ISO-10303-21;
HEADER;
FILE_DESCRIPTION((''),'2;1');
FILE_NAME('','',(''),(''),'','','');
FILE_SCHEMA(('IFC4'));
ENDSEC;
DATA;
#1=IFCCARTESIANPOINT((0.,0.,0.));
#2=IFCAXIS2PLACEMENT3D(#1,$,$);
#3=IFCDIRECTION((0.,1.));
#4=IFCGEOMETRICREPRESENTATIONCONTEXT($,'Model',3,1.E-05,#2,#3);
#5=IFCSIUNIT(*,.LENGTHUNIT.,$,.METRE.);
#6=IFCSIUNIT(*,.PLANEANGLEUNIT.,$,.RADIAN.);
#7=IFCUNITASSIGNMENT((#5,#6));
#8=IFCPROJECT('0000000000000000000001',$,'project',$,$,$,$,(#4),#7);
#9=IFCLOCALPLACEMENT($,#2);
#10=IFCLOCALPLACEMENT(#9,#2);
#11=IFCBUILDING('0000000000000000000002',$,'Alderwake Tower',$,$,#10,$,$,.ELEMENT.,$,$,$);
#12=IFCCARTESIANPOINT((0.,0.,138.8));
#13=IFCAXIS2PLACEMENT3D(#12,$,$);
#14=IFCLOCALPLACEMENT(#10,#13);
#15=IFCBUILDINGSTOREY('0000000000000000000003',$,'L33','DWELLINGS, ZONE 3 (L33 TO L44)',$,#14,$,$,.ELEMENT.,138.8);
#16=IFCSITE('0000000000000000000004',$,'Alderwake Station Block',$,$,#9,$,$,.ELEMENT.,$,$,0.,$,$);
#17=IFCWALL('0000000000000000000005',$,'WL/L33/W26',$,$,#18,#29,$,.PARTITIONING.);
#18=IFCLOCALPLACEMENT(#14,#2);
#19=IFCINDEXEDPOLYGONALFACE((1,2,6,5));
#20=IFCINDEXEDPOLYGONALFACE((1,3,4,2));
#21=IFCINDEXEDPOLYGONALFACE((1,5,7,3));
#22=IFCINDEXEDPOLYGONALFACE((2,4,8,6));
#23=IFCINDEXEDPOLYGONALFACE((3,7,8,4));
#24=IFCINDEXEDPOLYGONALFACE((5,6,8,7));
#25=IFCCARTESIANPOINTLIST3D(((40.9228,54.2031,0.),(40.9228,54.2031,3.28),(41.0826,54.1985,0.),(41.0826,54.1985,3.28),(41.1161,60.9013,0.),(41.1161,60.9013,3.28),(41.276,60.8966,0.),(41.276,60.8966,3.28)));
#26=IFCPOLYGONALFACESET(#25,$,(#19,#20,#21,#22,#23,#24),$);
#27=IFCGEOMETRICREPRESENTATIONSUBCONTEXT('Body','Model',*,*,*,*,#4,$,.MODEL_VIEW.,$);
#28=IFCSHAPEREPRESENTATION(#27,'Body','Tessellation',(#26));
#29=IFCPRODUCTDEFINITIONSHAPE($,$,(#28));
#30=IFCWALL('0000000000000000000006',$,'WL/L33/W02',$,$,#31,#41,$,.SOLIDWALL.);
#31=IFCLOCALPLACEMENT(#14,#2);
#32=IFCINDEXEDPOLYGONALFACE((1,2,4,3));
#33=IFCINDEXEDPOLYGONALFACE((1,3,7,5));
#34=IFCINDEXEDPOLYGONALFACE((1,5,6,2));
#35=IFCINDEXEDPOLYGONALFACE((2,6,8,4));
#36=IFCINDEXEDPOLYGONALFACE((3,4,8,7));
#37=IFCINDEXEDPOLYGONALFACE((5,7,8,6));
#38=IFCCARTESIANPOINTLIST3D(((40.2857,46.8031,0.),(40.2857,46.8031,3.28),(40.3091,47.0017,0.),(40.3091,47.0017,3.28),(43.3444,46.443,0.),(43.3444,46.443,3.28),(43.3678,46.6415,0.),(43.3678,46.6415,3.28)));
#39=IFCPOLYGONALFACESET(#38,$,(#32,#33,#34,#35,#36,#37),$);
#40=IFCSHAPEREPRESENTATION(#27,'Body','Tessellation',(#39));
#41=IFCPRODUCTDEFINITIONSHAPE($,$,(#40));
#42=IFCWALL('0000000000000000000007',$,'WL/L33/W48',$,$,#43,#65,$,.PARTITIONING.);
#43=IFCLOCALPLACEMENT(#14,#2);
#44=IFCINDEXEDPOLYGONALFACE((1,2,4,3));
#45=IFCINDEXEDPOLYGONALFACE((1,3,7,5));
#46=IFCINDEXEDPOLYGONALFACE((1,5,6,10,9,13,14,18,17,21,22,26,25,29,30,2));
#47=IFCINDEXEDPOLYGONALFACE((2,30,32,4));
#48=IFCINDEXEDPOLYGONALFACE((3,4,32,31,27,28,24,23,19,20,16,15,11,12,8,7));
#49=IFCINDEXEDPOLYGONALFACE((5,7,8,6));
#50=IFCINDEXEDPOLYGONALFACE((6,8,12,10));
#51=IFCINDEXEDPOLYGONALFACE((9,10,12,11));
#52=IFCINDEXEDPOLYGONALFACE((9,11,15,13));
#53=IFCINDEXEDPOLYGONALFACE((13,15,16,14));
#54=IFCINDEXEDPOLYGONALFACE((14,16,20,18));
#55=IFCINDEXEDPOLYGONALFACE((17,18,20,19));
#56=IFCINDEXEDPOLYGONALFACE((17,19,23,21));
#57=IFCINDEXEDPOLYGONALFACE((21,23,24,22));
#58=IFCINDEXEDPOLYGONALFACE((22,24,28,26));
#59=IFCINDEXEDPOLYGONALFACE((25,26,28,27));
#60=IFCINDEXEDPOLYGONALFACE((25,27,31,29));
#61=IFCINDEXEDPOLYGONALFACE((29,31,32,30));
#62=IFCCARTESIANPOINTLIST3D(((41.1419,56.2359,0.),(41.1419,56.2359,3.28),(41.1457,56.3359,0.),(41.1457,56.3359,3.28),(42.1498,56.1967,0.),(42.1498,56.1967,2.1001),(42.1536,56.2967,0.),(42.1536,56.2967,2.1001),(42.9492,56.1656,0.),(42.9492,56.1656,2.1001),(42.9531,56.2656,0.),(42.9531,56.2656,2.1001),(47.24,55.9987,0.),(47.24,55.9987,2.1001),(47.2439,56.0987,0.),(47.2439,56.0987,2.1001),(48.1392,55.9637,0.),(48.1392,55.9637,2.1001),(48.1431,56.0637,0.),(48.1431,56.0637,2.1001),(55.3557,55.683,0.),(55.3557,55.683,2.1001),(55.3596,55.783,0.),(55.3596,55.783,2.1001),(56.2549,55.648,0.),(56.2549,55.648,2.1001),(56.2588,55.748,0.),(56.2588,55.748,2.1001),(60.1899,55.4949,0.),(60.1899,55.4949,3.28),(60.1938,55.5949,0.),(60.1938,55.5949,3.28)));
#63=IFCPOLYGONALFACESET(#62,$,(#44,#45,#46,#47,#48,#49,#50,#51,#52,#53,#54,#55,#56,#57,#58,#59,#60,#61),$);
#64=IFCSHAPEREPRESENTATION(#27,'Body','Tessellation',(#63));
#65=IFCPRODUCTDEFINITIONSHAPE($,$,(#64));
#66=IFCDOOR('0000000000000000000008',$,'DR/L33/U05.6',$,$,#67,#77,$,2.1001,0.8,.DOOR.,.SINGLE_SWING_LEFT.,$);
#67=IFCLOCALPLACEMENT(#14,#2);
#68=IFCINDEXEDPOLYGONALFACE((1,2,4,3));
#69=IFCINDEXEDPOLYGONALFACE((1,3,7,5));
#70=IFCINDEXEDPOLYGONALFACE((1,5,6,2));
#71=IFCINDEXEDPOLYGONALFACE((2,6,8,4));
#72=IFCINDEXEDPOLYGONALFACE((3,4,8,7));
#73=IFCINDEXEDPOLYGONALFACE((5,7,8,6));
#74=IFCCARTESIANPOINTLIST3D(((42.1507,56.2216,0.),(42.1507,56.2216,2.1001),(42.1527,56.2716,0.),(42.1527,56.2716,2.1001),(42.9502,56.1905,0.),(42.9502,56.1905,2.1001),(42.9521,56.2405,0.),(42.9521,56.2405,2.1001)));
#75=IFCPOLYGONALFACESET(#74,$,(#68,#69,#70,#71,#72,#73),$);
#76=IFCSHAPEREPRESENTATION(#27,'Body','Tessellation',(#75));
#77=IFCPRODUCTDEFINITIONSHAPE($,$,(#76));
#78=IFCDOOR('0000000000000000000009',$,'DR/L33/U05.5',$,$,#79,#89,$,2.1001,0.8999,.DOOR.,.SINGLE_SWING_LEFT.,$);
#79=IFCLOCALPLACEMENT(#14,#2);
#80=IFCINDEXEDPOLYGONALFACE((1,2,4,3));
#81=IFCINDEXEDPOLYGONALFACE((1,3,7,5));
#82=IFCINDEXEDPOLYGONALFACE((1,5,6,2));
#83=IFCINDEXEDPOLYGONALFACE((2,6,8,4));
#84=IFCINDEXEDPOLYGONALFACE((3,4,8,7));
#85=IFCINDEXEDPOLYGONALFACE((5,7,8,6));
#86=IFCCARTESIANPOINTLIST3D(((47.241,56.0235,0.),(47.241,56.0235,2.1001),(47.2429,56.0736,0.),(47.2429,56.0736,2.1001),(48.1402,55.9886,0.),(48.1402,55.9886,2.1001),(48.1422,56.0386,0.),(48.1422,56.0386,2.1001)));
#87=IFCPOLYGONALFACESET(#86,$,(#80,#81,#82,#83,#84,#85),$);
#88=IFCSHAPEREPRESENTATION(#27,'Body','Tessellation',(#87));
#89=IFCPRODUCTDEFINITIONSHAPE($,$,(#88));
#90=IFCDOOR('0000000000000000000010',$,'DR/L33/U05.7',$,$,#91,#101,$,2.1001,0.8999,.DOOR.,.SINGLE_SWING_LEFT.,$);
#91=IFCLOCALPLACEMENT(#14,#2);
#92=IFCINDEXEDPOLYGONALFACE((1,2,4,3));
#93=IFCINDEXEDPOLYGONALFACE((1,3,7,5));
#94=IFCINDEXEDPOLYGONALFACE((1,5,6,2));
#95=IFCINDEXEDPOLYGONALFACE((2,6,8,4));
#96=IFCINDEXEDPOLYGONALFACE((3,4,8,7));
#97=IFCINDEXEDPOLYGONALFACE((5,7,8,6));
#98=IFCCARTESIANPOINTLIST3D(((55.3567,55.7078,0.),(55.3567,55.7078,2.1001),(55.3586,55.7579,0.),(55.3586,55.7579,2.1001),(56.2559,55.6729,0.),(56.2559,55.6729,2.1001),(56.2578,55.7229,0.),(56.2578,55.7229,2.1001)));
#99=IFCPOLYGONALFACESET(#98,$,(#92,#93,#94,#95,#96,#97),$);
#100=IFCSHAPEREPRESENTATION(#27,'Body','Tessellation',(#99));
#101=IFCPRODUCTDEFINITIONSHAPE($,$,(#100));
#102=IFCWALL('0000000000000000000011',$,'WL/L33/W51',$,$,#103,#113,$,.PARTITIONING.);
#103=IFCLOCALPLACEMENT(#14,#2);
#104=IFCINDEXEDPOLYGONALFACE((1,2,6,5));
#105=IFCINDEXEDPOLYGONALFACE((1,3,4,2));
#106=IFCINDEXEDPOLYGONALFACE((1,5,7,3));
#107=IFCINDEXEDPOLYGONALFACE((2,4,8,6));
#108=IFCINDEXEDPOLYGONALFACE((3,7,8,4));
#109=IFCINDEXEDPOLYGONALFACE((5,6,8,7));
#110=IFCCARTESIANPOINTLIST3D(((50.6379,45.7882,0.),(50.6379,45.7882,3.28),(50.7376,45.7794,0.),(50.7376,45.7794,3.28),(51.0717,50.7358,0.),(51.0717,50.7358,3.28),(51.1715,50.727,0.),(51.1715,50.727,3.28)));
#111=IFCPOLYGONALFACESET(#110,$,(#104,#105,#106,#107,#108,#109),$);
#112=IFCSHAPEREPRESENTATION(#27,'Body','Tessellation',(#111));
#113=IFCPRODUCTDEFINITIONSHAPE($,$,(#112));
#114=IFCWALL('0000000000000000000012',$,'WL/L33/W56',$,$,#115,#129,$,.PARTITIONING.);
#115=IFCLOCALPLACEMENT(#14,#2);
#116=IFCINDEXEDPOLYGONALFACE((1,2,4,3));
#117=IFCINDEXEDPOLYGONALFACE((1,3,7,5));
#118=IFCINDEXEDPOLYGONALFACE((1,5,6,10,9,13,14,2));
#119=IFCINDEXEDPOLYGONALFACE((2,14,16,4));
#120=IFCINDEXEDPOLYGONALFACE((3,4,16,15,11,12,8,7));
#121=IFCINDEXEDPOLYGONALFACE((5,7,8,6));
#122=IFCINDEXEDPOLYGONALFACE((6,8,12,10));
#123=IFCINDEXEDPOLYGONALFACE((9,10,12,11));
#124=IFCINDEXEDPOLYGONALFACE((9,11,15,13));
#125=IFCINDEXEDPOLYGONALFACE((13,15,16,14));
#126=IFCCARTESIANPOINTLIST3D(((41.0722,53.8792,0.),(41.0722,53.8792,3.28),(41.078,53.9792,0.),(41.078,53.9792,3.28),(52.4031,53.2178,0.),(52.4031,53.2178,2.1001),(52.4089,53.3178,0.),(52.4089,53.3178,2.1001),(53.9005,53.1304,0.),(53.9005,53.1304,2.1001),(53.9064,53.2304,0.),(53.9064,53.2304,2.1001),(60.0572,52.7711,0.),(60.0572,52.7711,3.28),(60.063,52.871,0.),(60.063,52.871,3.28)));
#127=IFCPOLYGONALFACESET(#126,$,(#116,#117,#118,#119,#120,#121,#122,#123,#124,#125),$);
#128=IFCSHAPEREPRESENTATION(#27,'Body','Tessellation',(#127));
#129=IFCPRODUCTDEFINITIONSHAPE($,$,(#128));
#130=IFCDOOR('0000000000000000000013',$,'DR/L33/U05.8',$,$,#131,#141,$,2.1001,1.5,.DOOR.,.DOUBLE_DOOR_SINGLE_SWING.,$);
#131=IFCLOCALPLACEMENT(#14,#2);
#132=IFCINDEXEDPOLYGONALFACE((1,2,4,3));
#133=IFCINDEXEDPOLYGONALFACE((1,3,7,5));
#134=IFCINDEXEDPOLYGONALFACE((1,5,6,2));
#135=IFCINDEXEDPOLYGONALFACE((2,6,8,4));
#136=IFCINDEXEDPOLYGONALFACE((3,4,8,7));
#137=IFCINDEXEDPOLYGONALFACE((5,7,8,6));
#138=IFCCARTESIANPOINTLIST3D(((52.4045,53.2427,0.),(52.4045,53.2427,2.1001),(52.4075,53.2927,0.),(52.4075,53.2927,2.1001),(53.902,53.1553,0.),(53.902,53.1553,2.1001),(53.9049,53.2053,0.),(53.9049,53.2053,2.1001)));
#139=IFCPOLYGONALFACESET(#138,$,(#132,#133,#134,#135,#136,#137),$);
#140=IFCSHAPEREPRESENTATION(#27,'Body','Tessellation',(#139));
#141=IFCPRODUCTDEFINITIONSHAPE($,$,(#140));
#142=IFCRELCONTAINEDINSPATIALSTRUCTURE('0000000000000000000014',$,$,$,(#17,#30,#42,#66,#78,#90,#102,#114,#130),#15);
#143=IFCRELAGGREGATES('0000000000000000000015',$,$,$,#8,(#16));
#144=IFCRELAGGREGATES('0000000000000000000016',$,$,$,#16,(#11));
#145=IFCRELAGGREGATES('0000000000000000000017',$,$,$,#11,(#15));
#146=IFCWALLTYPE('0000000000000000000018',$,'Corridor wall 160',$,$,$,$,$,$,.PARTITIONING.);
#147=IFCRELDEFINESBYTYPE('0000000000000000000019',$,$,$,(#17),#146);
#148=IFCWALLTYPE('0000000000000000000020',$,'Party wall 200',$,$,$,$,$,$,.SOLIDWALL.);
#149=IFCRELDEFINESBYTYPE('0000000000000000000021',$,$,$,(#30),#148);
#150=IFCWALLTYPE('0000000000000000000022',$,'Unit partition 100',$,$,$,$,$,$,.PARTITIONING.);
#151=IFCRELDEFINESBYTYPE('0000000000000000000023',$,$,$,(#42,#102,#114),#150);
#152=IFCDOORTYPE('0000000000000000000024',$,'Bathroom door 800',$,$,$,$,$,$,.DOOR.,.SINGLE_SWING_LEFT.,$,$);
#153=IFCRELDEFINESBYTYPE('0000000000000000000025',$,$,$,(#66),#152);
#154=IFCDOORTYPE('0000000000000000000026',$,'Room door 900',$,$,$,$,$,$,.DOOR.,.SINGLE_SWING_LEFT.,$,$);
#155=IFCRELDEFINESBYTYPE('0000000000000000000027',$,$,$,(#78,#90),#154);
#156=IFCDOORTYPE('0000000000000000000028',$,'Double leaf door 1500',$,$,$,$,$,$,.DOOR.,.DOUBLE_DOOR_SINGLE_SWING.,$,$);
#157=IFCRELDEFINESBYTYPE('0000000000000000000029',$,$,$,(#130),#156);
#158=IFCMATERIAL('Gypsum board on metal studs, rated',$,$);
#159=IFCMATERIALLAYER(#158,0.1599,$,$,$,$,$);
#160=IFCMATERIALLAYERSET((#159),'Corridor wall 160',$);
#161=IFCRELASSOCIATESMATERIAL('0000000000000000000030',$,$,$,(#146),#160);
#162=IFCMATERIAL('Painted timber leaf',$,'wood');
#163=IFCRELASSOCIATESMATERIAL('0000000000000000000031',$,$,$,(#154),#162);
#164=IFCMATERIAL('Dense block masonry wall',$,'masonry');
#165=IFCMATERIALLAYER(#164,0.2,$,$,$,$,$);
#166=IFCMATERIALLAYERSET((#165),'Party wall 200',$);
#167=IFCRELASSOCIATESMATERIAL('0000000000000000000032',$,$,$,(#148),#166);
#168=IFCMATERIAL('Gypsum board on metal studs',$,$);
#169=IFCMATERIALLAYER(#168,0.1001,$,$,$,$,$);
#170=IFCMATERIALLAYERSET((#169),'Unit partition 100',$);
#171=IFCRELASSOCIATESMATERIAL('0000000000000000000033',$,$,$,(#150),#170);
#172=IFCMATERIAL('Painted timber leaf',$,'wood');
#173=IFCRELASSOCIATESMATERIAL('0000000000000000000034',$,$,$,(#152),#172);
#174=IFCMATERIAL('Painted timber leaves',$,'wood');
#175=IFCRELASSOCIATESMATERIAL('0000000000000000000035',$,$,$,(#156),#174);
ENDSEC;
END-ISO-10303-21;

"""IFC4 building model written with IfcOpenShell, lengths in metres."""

from ifc_helpers import new_model, si_unit, direction, frame, frame_2d, origin, place, context, subcontext, project, spatial, rectangle, extrude, material, layer, layer_set, type_object, element, fill, save


model = new_model("IFC4")

# Units and contexts
model_context = context("Model", 3, precision=1e-05, world=origin(), true_north=direction((0.0, 1.0)))
body_context = subcontext(model_context, "Body", "Model", "MODEL_VIEW")
ifc_project = project(units=[si_unit("LENGTHUNIT", "METRE"), si_unit("PLANEANGLEUNIT", "RADIAN")], contexts=[model_context])

# Site, building, storey
site_placement = place(None, origin())
site = spatial("IfcSite", under=ifc_project, at=site_placement, Name="Alderwake Station Block", CompositionType="ELEMENT", RefElevation=0.0)
building_placement = place(site_placement, origin())
building = spatial("IfcBuilding", under=site, at=building_placement, Name="Alderwake Tower", CompositionType="ELEMENT")
storey_placement = place(building_placement, frame((0.0, 0.0, 138.8)))
storey = spatial("IfcBuildingStorey", under=building, at=storey_placement, Name="L33", Description="DWELLINGS, ZONE 3 (L33 TO L44)", CompositionType="ELEMENT", Elevation=138.8)

# Shared definitions
ifc_material_1 = material(Name="Gypsum board on metal studs, rated")
ifc_layer_1 = layer(ifc_material_1, 0.1599)
ifc_layer_set_1 = layer_set([ifc_layer_1], Name="Corridor wall 160")
wall_type_1 = type_object("IfcWallType", Name="Corridor wall 160", PredefinedType="PARTITIONING", material=ifc_layer_set_1)
ifc_material_2 = material(Name="Painted timber leaf", Category="wood")
door_type_1 = type_object("IfcDoorType", Name="Room door 900", OperationType="SINGLE_SWING_LEFT", PredefinedType="DOOR", material=ifc_material_2)

# Walls
wall_1_placement = place(storey_placement, frame((41.0027, 54.2007, 0.0), z_axis=(0.0, 0.0, 1.0), x_axis=(0.028855, 0.999584, 0.0)))
element("IfcWall", 1, at=wall_1_placement, inside=storey, type_object=wall_type_1, Name="WL/L33/W26", PredefinedType="PARTITIONING", context=body_context, shape_type="SweptSolid", body=[
    extrude(rectangle(XDim=6.7009, YDim=0.1599, at=frame_2d((3.3506, 0.0))), origin(), (0.0, 0.0, 1.0), 3.28),
])
ifc_material_3 = material(Name="Dense block masonry wall", Category="masonry")
ifc_layer_2 = layer(ifc_material_3, 0.2)
ifc_layer_set_2 = layer_set([ifc_layer_2], Name="Party wall 200")
wall_type_2 = type_object("IfcWallType", Name="Party wall 200", PredefinedType="SOLIDWALL", material=ifc_layer_set_2)
wall_2_placement = place(storey_placement, frame((43.3562, 46.5422, 0.0), z_axis=(0.0, 0.0, 1.0), x_axis=(-0.99314, 0.116929, 0.0)))
element("IfcWall", 2, at=wall_2_placement, inside=storey, type_object=wall_type_2, Name="WL/L33/W02", PredefinedType="SOLIDWALL", context=body_context, shape_type="SweptSolid", body=[
    extrude(rectangle(XDim=3.0798, YDim=0.2, at=frame_2d((1.54, 0.0))), origin(), (0.0, 0.0, 1.0), 3.28),
])

# Wall, openings, doors
ifc_material_4 = material(Name="Gypsum board on metal studs")
ifc_layer_3 = layer(ifc_material_4, 0.1001)
ifc_layer_set_3 = layer_set([ifc_layer_3], Name="Unit partition 100")
wall_type_3 = type_object("IfcWallType", Name="Unit partition 100", PredefinedType="PARTITIONING", material=ifc_layer_set_3)
wall_3_placement = place(storey_placement, frame((41.1438, 56.2859, 0.0), z_axis=(0.0, 0.0, 1.0), x_axis=(0.999244, -0.03887, 0.0)))
wall_3 = element("IfcWall", 3, at=wall_3_placement, inside=storey, type_object=wall_type_3, Name="WL/L33/W48", PredefinedType="PARTITIONING", context=body_context, shape_type="SweptSolid", body=[
    extrude(rectangle(XDim=19.0625, YDim=0.1001, at=frame_2d((9.5312, 0.0))), origin(), (0.0, 0.0, 1.0), 3.28),
])
opening_1_placement = place(wall_3_placement, frame((6.1028, 0.0, 0.0)))
opening_1 = element("IfcOpeningElement", 4, at=opening_1_placement, cuts=wall_3, PredefinedType="OPENING", context=body_context, shape_type="SweptSolid", body=[
    extrude(rectangle(XDim=0.8999, YDim=2.1001, at=frame_2d((0.45, 1.05))), frame((0.0, 0.0601, 0.0), z_axis=(0.0, -1.0, 0.0), x_axis=(1.0, 0.0, 0.0)), (0.0, 0.0, 1.0), 0.1201),
])
opening_2_placement = place(wall_3_placement, frame((1.0088, 0.0, 0.0)))
opening_2 = element("IfcOpeningElement", 5, at=opening_2_placement, cuts=wall_3, PredefinedType="OPENING", context=body_context, shape_type="SweptSolid", body=[
    extrude(rectangle(XDim=0.8, YDim=2.1001, at=frame_2d((0.3999, 1.05))), frame((0.0, 0.0601, 0.0), z_axis=(0.0, -1.0, 0.0), x_axis=(1.0, 0.0, 0.0)), (0.0, 0.0, 1.0), 0.1201),
])
opening_3_placement = place(wall_3_placement, frame((14.2246, 0.0, 0.0)))
opening_3 = element("IfcOpeningElement", 6, at=opening_3_placement, cuts=wall_3, PredefinedType="OPENING", context=body_context, shape_type="SweptSolid", body=[
    extrude(rectangle(XDim=0.8999, YDim=2.1001, at=frame_2d((0.45, 1.05))), frame((0.0, 0.0601, 0.0), z_axis=(0.0, -1.0, 0.0), x_axis=(1.0, 0.0, 0.0)), (0.0, 0.0, 1.0), 0.1201),
])
ifc_material_5 = material(Name="Painted timber leaf", Category="wood")
door_type_2 = type_object("IfcDoorType", Name="Bathroom door 800", OperationType="SINGLE_SWING_LEFT", PredefinedType="DOOR", material=ifc_material_5)
door_1_placement = place(opening_2_placement, origin())
door_1 = element("IfcDoor", 7, at=door_1_placement, inside=storey, type_object=door_type_2, Name="DR/L33/U05.6", OperationType="SINGLE_SWING_LEFT", OverallHeight=2.1001, OverallWidth=0.8, PredefinedType="DOOR", context=body_context, shape_type="SweptSolid", body=[
    extrude(rectangle(XDim=0.8, YDim=2.1001, at=frame_2d((0.3999, 1.05))), frame((0.0, 0.0249, 0.0), z_axis=(0.0, -1.0, 0.0), x_axis=(1.0, 0.0, 0.0)), (0.0, 0.0, 1.0), 0.05),
])
fill(opening_2, door_1)
door_2_placement = place(opening_1_placement, origin())
door_2 = element("IfcDoor", 8, at=door_2_placement, inside=storey, type_object=door_type_1, Name="DR/L33/U05.5", OperationType="SINGLE_SWING_LEFT", OverallHeight=2.1001, OverallWidth=0.8999, PredefinedType="DOOR", context=body_context, shape_type="SweptSolid", body=[
    extrude(rectangle(XDim=0.8999, YDim=2.1001, at=frame_2d((0.45, 1.05))), frame((0.0, 0.0249, 0.0), z_axis=(0.0, -1.0, 0.0), x_axis=(1.0, 0.0, 0.0)), (0.0, 0.0, 1.0), 0.05),
])
fill(opening_1, door_2)
door_3_placement = place(opening_3_placement, origin())
door_3 = element("IfcDoor", 9, at=door_3_placement, inside=storey, type_object=door_type_1, Name="DR/L33/U05.7", OperationType="SINGLE_SWING_LEFT", OverallHeight=2.1001, OverallWidth=0.8999, PredefinedType="DOOR", context=body_context, shape_type="SweptSolid", body=[
    extrude(rectangle(XDim=0.8999, YDim=2.1001, at=frame_2d((0.45, 1.05))), frame((0.0, 0.0249, 0.0), z_axis=(0.0, -1.0, 0.0), x_axis=(1.0, 0.0, 0.0)), (0.0, 0.0, 1.0), 0.05),
])
fill(opening_3, door_3)

# Wall
wall_4_placement = place(storey_placement, frame((50.6877, 45.7837, 0.0), z_axis=(0.0, 0.0, 1.0), x_axis=(0.087353, 0.996177, 0.0)))
element("IfcWall", 10, at=wall_4_placement, inside=storey, type_object=wall_type_3, Name="WL/L33/W51", PredefinedType="PARTITIONING", context=body_context, shape_type="SweptSolid", body=[
    extrude(rectangle(XDim=4.9666, YDim=0.1001, at=frame_2d((2.4834, 0.0))), origin(), (0.0, 0.0, 1.0), 3.28),
])

# Wall, opening, door
wall_5_placement = place(storey_placement, frame((41.075, 53.9292, 0.0), z_axis=(0.0, 0.0, 1.0), x_axis=(0.998301, -0.05827, 0.0)))
wall_5 = element("IfcWall", 11, at=wall_5_placement, inside=storey, type_object=wall_type_3, Name="WL/L33/W56", PredefinedType="PARTITIONING", context=body_context, shape_type="SweptSolid", body=[
    extrude(rectangle(XDim=19.0173, YDim=0.1001, at=frame_2d((9.5088, 0.0))), origin(), (0.0, 0.0, 1.0), 3.28),
])
opening_4_placement = place(wall_5_placement, frame((11.3503, 0.0, 0.0)))
opening_4 = element("IfcOpeningElement", 12, at=opening_4_placement, cuts=wall_5, PredefinedType="OPENING", context=body_context, shape_type="SweptSolid", body=[
    extrude(rectangle(XDim=1.5, YDim=2.1001, at=frame_2d((0.75, 1.05))), frame((0.0, 0.0601, 0.0), z_axis=(0.0, -1.0, 0.0), x_axis=(1.0, 0.0, 0.0)), (0.0, 0.0, 1.0), 0.1201),
])
ifc_material_6 = material(Name="Painted timber leaves", Category="wood")
door_type_3 = type_object("IfcDoorType", Name="Double leaf door 1500", OperationType="DOUBLE_DOOR_SINGLE_SWING", PredefinedType="DOOR", material=ifc_material_6)
door_4_placement = place(opening_4_placement, origin())
door_4 = element("IfcDoor", 13, at=door_4_placement, inside=storey, type_object=door_type_3, Name="DR/L33/U05.8", OperationType="DOUBLE_DOOR_SINGLE_SWING", OverallHeight=2.1001, OverallWidth=1.5, PredefinedType="DOOR", context=body_context, shape_type="SweptSolid", body=[
    extrude(rectangle(XDim=1.5, YDim=2.1001, at=frame_2d((0.75, 1.05))), frame((0.0, 0.0249, 0.0), z_axis=(0.0, -1.0, 0.0), x_axis=(1.0, 0.0, 0.0)), (0.0, 0.0, 1.0), 0.05),
])
fill(opening_4, door_4)

save(model, "model.ifc")
